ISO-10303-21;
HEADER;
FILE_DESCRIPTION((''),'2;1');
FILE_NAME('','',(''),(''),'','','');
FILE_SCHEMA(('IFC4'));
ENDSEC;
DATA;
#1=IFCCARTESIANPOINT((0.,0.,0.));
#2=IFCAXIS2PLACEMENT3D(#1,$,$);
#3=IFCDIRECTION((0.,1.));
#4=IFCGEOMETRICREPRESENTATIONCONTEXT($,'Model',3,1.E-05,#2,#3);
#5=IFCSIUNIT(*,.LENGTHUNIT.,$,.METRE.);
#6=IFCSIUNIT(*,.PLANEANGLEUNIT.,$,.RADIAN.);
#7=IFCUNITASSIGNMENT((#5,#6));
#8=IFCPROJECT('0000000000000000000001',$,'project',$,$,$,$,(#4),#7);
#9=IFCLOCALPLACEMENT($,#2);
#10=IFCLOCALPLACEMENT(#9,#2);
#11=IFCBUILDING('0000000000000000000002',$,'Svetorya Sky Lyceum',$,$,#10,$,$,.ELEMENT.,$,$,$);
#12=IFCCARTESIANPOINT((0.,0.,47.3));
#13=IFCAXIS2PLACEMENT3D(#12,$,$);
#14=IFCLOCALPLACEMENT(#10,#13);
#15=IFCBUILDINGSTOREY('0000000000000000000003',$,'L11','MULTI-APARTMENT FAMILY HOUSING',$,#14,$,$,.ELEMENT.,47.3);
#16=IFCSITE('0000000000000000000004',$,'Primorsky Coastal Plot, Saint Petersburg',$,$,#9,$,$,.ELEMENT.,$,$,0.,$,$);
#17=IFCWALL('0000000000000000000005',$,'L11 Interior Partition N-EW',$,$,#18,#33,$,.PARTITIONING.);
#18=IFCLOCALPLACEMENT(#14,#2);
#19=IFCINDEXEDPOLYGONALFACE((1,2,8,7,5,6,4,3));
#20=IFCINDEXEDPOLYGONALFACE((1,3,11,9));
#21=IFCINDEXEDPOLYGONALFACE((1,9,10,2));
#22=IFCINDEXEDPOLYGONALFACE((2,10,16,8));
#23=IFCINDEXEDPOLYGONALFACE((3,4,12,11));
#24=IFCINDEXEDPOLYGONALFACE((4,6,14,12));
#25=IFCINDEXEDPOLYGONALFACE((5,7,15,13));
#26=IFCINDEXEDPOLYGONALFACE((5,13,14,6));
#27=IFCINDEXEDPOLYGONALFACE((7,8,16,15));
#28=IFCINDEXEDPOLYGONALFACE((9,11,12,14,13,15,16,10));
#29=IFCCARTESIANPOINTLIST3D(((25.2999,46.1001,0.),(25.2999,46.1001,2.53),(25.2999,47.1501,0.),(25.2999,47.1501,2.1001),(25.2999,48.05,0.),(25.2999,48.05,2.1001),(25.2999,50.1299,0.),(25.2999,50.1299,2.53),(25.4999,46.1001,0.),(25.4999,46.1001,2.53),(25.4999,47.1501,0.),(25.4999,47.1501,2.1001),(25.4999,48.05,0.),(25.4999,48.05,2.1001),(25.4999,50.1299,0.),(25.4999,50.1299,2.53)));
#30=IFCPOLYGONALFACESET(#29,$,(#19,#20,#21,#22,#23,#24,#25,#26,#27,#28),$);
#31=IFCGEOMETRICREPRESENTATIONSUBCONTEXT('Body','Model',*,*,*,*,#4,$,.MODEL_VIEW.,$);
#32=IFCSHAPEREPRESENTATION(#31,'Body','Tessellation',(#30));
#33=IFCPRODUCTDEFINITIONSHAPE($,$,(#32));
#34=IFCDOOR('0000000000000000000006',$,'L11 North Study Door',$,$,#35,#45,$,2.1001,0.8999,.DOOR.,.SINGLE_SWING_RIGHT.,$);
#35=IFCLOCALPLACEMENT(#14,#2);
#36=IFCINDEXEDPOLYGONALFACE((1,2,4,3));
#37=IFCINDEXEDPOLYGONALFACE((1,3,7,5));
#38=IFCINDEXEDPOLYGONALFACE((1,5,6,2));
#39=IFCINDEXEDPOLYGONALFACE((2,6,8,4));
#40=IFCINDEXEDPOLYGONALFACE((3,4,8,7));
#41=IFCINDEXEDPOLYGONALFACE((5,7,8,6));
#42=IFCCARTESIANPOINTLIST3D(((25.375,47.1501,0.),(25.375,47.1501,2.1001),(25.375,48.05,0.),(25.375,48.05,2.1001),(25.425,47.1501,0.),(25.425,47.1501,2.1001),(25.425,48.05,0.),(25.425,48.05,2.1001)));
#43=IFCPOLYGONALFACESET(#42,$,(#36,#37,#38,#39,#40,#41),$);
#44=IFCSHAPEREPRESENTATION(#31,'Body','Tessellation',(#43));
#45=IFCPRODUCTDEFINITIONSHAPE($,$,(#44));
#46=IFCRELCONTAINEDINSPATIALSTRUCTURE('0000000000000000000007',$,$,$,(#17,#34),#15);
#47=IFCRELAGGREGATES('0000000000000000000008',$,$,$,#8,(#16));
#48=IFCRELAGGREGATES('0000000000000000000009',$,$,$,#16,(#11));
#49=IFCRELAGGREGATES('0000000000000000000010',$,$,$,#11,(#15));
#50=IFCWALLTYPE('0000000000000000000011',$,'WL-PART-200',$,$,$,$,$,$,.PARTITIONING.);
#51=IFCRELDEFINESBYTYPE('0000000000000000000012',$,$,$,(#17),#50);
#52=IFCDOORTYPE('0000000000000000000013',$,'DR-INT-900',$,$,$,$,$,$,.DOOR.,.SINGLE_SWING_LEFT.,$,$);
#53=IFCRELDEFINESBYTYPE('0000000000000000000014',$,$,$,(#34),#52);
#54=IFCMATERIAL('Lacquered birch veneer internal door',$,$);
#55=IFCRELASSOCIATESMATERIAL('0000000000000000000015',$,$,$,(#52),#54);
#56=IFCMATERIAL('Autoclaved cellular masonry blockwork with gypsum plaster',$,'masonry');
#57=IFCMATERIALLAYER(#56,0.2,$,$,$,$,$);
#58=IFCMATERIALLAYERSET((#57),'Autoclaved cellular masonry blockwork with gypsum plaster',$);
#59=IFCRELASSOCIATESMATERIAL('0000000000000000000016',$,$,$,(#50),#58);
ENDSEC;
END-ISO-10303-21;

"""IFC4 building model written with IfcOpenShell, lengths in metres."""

from ifc_helpers import new_model, si_unit, direction, frame, frame_2d, origin, place, context, subcontext, project, spatial, rectangle, extrude, material, layer, layer_set, type_object, element, fill, save


model = new_model("IFC4")

# Units and contexts
model_context = context("Model", 3, precision=1e-05, world=origin(), true_north=direction((0.0, 1.0)))
body_context = subcontext(model_context, "Body", "Model", "MODEL_VIEW")
ifc_project = project(units=[si_unit("LENGTHUNIT", "METRE"), si_unit("PLANEANGLEUNIT", "RADIAN")], contexts=[model_context])

# Site, building, storey
site_placement = place(None, origin())
site = spatial("IfcSite", under=ifc_project, at=site_placement, Name="Primorsky Coastal Plot, Saint Petersburg", CompositionType="ELEMENT", RefElevation=0.0)
building_placement = place(site_placement, origin())
building = spatial("IfcBuilding", under=site, at=building_placement, Name="Svetorya Sky Lyceum", CompositionType="ELEMENT")
storey_placement = place(building_placement, frame((0.0, 0.0, 47.3)))
storey = spatial("IfcBuildingStorey", under=building, at=storey_placement, Name="L11", Description="MULTI-APARTMENT FAMILY HOUSING", CompositionType="ELEMENT", Elevation=47.3)

# Shared definitions
ifc_material_1 = material(Name="Lacquered birch veneer internal door")
door_type_1 = type_object("IfcDoorType", Name="DR-INT-900", OperationType="SINGLE_SWING_LEFT", PredefinedType="DOOR", material=ifc_material_1)

# Shared definitions
ifc_material_2 = material(Name="Autoclaved cellular masonry blockwork with gypsum plaster", Category="masonry")
ifc_layer_1 = layer(ifc_material_2, 0.2)
ifc_layer_set_1 = layer_set([ifc_layer_1], Name="Autoclaved cellular masonry blockwork with gypsum plaster")
wall_type_1 = type_object("IfcWallType", Name="WL-PART-200", PredefinedType="PARTITIONING", material=ifc_layer_set_1)

# Wall, opening, door
wall_1_placement = place(storey_placement, frame((25.3999, 46.1001, 0.0), z_axis=(0.0, 0.0, 1.0), x_axis=(0.0, 1.0, 0.0)))
wall_1 = element("IfcWall", 1, at=wall_1_placement, inside=storey, type_object=wall_type_1, Name="L11 Interior Partition N-EW", PredefinedType="PARTITIONING", context=body_context, shape_type="SweptSolid", body=[
    extrude(rectangle(XDim=4.0298, YDim=0.2, at=frame_2d((2.0149, 0.0))), origin(), (0.0, 0.0, 1.0), 2.53),
])
opening_1_placement = place(wall_1_placement, frame((1.05, 0.0, 0.0)))
opening_1 = element("IfcOpeningElement", 2, at=opening_1_placement, cuts=wall_1, PredefinedType="OPENING", context=body_context, shape_type="SweptSolid", body=[
    extrude(rectangle(XDim=0.8999, YDim=2.1001, at=frame_2d((0.45, 1.05))), frame((0.0, 0.1099, 0.0), z_axis=(0.0, -1.0, 0.0), x_axis=(1.0, 0.0, 0.0)), (0.0, 0.0, 1.0), 0.22),
])
door_1_placement = place(opening_1_placement, origin())
door_1 = element("IfcDoor", 3, at=door_1_placement, inside=storey, type_object=door_type_1, Name="L11 North Study Door", OperationType="SINGLE_SWING_RIGHT", OverallHeight=2.1001, OverallWidth=0.8999, PredefinedType="DOOR", context=body_context, shape_type="SweptSolid", body=[
    extrude(rectangle(XDim=0.8999, YDim=2.1001, at=frame_2d((0.45, 1.05))), frame((0.0, 0.0249, 0.0), z_axis=(0.0, -1.0, 0.0), x_axis=(1.0, 0.0, 0.0)), (0.0, 0.0, 1.0), 0.05),
])
fill(opening_1, door_1)

save(model, "model.ifc")
